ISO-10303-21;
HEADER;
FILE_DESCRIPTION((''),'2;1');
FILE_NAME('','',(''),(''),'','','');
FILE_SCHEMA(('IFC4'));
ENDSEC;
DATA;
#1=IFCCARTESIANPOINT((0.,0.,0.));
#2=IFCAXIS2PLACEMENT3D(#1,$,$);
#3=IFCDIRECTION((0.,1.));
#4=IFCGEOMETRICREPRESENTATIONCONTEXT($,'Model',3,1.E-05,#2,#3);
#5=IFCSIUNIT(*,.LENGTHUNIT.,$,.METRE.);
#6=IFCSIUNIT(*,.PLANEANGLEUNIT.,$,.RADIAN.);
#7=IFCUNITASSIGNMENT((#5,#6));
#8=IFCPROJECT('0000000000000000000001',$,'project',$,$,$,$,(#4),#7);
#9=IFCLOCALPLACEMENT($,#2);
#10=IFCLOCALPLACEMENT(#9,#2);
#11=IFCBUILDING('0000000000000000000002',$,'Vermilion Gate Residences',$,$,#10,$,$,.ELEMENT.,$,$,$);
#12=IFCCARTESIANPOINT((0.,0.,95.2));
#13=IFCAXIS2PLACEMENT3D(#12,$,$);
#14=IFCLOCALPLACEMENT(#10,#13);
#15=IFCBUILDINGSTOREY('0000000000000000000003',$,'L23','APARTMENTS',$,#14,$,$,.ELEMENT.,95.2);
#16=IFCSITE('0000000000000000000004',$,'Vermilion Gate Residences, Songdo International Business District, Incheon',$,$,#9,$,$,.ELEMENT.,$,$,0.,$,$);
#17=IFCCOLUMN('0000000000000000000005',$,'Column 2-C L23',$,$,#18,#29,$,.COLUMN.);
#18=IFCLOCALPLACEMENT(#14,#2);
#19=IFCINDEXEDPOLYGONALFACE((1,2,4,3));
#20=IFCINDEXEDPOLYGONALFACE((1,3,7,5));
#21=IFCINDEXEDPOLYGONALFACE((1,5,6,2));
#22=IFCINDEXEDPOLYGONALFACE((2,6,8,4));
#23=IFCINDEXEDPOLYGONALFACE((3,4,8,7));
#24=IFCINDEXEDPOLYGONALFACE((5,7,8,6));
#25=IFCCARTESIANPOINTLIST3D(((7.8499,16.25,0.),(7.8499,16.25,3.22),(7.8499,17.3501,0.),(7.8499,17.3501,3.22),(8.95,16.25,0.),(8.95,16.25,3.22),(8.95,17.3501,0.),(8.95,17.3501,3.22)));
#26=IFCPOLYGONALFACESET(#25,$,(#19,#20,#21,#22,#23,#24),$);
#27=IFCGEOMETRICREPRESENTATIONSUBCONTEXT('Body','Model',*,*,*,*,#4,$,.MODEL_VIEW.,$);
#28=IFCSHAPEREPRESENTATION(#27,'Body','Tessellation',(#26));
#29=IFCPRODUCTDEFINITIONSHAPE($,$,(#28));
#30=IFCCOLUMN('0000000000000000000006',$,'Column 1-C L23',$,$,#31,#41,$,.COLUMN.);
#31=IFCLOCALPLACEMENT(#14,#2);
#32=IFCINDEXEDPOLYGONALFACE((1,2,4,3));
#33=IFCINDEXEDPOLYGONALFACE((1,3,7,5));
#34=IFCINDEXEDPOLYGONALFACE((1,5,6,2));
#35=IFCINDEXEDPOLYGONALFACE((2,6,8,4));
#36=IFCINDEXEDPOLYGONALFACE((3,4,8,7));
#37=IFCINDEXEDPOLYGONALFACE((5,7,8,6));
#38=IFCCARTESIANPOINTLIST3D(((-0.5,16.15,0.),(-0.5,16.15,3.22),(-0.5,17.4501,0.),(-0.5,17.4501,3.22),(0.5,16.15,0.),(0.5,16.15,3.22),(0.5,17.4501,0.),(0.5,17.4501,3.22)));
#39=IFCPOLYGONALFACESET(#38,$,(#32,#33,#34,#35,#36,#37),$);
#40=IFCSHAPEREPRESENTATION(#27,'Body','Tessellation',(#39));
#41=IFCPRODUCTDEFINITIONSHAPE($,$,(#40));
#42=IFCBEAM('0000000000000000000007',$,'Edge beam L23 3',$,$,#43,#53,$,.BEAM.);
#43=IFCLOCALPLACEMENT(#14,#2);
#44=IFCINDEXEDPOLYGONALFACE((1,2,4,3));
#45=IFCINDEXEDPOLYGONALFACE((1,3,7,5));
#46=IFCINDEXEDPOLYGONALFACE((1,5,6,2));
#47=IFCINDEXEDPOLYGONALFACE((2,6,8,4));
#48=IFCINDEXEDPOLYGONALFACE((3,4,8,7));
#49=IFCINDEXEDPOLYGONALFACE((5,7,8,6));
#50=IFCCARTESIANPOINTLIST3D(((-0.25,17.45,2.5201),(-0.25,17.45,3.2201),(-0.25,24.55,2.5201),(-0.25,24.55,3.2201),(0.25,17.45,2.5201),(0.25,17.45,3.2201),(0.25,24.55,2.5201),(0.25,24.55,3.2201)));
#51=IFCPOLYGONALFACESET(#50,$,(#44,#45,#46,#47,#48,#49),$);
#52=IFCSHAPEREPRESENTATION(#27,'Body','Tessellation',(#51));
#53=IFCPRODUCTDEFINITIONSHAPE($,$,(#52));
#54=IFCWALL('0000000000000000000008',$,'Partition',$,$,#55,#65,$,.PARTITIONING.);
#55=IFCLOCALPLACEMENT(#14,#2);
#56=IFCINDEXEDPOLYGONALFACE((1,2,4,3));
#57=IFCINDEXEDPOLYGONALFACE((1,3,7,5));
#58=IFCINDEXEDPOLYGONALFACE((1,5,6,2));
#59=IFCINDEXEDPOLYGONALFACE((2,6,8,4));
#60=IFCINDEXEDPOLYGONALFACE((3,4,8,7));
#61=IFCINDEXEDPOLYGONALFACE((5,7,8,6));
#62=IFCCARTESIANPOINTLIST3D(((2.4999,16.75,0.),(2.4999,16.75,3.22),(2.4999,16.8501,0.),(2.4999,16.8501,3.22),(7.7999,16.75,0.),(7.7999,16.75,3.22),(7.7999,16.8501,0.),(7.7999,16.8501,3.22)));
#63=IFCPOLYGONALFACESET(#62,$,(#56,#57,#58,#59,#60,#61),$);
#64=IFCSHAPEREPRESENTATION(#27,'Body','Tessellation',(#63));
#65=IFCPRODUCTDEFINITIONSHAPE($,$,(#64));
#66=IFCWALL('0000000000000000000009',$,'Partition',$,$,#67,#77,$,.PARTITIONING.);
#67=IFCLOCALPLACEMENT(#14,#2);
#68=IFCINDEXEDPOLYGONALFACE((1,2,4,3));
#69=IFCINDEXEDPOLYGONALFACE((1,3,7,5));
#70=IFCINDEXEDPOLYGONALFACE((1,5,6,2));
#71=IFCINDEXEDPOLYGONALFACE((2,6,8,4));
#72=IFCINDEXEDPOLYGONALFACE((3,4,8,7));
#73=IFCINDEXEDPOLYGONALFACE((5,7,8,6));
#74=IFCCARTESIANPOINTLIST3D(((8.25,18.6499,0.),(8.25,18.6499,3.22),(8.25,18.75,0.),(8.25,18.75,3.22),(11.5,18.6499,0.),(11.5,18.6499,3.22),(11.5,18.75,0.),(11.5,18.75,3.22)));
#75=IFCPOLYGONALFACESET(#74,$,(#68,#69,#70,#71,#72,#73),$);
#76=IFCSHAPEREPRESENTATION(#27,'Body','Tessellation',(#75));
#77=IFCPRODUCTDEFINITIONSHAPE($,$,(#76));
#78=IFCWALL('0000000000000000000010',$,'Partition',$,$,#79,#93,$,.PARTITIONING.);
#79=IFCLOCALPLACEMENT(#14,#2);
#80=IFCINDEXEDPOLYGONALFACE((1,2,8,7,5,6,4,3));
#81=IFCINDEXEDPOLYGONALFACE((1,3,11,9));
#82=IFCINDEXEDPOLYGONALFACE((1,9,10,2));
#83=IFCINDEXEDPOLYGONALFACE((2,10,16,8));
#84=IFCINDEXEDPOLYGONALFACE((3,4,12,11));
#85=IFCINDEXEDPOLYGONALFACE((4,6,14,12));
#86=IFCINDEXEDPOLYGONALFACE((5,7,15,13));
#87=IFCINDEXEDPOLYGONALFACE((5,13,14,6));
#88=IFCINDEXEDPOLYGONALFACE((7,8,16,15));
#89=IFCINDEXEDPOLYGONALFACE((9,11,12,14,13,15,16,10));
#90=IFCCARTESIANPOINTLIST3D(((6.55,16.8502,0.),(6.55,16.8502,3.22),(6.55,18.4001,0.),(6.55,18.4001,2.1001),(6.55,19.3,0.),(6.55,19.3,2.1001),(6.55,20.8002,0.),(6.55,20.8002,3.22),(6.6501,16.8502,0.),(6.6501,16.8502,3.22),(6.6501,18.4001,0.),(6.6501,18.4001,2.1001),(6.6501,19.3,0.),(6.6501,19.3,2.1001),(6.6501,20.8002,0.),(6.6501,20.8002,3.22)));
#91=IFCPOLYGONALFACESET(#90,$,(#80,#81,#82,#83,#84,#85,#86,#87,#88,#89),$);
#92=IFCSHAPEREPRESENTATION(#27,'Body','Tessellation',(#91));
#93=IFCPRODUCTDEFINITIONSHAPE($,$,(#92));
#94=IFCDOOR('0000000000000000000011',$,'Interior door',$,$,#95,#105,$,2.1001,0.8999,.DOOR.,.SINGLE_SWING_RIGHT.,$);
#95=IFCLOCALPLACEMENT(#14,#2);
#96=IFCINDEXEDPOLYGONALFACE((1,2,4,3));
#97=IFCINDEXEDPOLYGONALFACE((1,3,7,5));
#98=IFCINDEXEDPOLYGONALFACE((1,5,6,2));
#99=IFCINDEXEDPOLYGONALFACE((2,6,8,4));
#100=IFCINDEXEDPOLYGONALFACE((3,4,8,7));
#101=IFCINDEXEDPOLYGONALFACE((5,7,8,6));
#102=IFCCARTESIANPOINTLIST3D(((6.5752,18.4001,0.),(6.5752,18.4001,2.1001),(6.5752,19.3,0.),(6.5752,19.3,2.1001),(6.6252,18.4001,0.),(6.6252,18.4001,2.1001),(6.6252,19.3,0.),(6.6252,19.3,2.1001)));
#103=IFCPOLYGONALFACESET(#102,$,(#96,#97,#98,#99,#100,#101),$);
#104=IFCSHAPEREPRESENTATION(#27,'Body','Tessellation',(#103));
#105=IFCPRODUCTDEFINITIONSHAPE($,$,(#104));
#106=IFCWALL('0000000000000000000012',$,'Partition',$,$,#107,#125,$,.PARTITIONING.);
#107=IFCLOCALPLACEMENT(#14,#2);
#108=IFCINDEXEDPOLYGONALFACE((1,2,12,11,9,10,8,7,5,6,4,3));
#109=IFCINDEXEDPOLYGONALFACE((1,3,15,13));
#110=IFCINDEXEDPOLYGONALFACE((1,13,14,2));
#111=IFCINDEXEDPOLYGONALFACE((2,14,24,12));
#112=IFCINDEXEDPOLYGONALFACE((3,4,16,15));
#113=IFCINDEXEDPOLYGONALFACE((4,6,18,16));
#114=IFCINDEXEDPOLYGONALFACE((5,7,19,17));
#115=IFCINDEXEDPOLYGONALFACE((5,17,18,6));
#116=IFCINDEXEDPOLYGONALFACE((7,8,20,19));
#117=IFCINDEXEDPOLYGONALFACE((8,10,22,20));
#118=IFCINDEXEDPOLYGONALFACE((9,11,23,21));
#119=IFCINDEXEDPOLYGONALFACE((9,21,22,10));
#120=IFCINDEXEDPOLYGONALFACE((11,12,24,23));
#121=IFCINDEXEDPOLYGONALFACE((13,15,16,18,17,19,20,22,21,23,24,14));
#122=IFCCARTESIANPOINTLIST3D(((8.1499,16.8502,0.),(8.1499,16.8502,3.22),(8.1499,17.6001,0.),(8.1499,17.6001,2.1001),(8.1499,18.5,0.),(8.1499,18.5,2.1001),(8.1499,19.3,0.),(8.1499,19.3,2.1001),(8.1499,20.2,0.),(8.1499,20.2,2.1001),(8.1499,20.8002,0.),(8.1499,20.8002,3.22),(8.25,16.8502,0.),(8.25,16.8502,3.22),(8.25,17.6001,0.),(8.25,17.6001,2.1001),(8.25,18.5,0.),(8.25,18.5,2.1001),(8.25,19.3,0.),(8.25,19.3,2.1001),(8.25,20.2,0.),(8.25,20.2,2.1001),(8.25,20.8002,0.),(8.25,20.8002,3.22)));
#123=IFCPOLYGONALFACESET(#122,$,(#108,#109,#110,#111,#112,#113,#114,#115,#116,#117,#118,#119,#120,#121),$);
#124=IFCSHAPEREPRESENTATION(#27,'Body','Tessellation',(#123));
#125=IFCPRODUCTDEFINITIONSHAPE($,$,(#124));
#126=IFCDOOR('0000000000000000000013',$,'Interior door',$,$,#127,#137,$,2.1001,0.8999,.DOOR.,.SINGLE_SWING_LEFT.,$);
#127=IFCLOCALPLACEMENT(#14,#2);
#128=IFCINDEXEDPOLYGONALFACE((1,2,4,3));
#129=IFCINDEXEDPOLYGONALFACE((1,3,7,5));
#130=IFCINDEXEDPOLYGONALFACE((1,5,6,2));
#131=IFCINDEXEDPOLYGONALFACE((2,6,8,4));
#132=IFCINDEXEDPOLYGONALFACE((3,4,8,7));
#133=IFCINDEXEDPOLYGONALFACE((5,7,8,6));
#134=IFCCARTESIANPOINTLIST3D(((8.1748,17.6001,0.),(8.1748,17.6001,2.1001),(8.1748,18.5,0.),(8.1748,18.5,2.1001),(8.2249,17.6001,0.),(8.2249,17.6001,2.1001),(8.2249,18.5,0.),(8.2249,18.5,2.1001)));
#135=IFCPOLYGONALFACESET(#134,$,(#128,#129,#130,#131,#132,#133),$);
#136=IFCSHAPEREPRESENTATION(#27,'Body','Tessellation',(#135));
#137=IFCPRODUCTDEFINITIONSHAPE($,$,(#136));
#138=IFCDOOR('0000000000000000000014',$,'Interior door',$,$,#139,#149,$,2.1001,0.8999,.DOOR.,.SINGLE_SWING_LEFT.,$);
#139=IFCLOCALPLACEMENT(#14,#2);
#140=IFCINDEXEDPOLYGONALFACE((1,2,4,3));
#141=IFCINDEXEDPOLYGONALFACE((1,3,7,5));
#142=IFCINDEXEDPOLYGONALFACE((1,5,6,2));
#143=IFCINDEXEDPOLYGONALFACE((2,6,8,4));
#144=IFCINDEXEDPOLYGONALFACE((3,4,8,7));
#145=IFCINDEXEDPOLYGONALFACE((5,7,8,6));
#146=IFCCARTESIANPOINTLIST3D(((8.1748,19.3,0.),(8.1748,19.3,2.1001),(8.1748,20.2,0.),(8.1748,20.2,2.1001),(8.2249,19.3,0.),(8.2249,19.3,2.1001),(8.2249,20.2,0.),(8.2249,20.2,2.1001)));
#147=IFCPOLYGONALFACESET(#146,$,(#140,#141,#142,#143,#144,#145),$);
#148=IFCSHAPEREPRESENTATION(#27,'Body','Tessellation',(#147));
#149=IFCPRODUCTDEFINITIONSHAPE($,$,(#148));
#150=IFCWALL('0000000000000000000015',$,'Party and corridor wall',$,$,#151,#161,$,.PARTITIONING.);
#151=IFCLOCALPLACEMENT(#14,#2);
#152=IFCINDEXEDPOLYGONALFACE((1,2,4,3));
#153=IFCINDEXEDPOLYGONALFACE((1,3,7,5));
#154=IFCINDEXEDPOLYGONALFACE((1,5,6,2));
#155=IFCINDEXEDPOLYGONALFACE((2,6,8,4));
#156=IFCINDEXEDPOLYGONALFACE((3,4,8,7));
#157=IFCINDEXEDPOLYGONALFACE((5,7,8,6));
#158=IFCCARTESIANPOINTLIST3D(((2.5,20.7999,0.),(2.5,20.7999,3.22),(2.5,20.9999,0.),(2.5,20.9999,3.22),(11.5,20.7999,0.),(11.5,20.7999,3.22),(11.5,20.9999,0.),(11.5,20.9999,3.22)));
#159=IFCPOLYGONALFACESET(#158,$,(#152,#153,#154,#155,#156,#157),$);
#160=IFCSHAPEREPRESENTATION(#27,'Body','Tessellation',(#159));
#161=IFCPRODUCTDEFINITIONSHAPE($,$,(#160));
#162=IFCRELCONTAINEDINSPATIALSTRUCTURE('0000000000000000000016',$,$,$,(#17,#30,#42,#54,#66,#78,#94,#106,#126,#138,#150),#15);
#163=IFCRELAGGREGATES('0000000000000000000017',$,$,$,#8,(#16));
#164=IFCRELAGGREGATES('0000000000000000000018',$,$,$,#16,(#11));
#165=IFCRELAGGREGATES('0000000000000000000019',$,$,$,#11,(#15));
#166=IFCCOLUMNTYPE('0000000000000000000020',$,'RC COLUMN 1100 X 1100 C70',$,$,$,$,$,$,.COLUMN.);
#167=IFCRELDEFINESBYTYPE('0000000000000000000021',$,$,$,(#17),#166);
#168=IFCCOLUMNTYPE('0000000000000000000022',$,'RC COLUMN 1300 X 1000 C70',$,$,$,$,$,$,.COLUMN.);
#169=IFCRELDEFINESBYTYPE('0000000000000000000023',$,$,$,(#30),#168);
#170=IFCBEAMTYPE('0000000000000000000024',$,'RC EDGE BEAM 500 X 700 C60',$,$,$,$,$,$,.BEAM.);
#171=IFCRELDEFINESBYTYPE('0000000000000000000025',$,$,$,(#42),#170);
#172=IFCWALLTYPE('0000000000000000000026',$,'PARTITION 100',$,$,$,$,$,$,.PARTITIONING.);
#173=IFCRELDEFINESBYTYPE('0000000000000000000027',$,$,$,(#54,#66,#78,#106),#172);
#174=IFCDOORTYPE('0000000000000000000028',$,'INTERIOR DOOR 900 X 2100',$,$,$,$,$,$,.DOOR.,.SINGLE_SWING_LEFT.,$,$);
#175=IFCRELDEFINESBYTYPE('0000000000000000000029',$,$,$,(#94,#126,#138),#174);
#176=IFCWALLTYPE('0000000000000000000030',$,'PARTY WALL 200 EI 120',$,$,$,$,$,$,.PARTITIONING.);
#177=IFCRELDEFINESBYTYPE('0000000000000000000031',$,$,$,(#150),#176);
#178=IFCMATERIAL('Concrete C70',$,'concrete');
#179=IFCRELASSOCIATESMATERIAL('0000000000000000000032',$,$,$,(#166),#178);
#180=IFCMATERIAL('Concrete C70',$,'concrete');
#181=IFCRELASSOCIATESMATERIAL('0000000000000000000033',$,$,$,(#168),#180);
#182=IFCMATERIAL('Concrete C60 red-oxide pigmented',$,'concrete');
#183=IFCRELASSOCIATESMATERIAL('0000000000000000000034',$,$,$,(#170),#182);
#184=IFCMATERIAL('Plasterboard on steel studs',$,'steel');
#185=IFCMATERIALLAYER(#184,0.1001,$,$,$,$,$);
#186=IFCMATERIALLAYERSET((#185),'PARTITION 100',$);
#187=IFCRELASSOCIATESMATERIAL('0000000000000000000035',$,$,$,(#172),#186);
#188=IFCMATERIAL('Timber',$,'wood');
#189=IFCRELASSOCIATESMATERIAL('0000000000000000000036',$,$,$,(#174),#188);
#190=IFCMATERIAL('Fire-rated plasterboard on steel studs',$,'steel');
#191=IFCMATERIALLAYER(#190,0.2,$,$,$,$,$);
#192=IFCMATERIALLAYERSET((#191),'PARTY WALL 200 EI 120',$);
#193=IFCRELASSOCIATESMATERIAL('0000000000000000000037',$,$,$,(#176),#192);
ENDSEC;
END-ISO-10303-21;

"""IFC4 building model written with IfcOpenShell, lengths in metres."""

from ifc_helpers import new_model, si_unit, direction, frame, frame_2d, origin, origin_2d, place, context, subcontext, project, spatial, rectangle, extrude, material, layer, layer_set, material_profile, profile_set, type_object, element, fill, save


model = new_model("IFC4")

# Units and contexts
model_context = context("Model", 3, precision=1e-05, world=origin(), true_north=direction((0.0, 1.0)))
body_context = subcontext(model_context, "Body", "Model", "MODEL_VIEW")
ifc_project = project(units=[si_unit("LENGTHUNIT", "METRE"), si_unit("PLANEANGLEUNIT", "RADIAN")], contexts=[model_context])

# Site, building, storey
site_placement = place(None, origin())
site = spatial("IfcSite", under=ifc_project, at=site_placement, Name="Vermilion Gate Residences, Songdo International Business District, Incheon", CompositionType="ELEMENT", RefElevation=0.0)
building_placement = place(site_placement, origin())
building = spatial("IfcBuilding", under=site, at=building_placement, Name="Vermilion Gate Residences", CompositionType="ELEMENT")
storey_placement = place(building_placement, frame((0.0, 0.0, 95.2)))
storey = spatial("IfcBuildingStorey", under=building, at=storey_placement, Name="L23", Description="APARTMENTS", CompositionType="ELEMENT", Elevation=95.2)

# Columns
ifc_material_1 = material(Name="Concrete C70", Category="concrete")
ifc_material_profile_1 = material_profile(ifc_material_1, rectangle(XDim=1.1001, YDim=1.1001, at=origin_2d()), Name="RC-1100x1100")
ifc_profile_set_1 = profile_set([ifc_material_profile_1], Name="Concrete C70")
column_type_1 = type_object("IfcColumnType", Name="RC COLUMN 1100 X 1100 C70", PredefinedType="COLUMN", material=ifc_profile_set_1)
column_1_placement = place(storey_placement, frame((8.3999, 16.8, 0.0), z_axis=(0.0, 0.0, 1.0), x_axis=(1.0, 0.0, 0.0)))
element("IfcColumn", 1, at=column_1_placement, inside=storey, type_object=column_type_1, Name="Column 2-C L23", PredefinedType="COLUMN", context=body_context, shape_type="SweptSolid", body=[
    extrude(rectangle(XDim=1.1001, YDim=1.1001, at=origin_2d()), origin(), (0.0, 0.0, 1.0), 3.22),
])
ifc_material_2 = material(Name="Concrete C70", Category="concrete")
ifc_material_profile_2 = material_profile(ifc_material_2, rectangle(XDim=1.3, YDim=1.0, at=origin_2d()), Name="RC-1300x1000")
ifc_profile_set_2 = profile_set([ifc_material_profile_2], Name="Concrete C70")
column_type_2 = type_object("IfcColumnType", Name="RC COLUMN 1300 X 1000 C70", PredefinedType="COLUMN", material=ifc_profile_set_2)
column_2_placement = place(storey_placement, frame((0.0, 16.8, 0.0), z_axis=(0.0, 0.0, 1.0), x_axis=(0.0, 1.0, 0.0)))
element("IfcColumn", 2, at=column_2_placement, inside=storey, type_object=column_type_2, Name="Column 1-C L23", PredefinedType="COLUMN", context=body_context, shape_type="SweptSolid", body=[
    extrude(rectangle(XDim=1.3, YDim=1.0, at=origin_2d()), origin(), (0.0, 0.0, 1.0), 3.22),
])

# Beam
ifc_material_3 = material(Name="Concrete C60 red-oxide pigmented", Category="concrete")
ifc_material_profile_3 = material_profile(ifc_material_3, rectangle(XDim=0.5, YDim=0.7, at=origin_2d()), Name="RC-500x700")
ifc_profile_set_3 = profile_set([ifc_material_profile_3], Name="Concrete C60 red-oxide pigmented")
beam_type = type_object("IfcBeamType", Name="RC EDGE BEAM 500 X 700 C60", PredefinedType="BEAM", material=ifc_profile_set_3)
beam_placement = place(storey_placement, frame((0.0, 17.45, 2.8701), z_axis=(0.0, 1.0, 0.0), x_axis=(-1.0, 0.0, 0.0)))
element("IfcBeam", 3, at=beam_placement, inside=storey, type_object=beam_type, Name="Edge beam L23 3", PredefinedType="BEAM", context=body_context, shape_type="SweptSolid", body=[
    extrude(rectangle(XDim=0.5, YDim=0.7, at=origin_2d()), origin(), (0.0, 0.0, 1.0), 7.1001),
])

# Walls
ifc_material_4 = material(Name="Plasterboard on steel studs", Category="steel")
ifc_layer_1 = layer(ifc_material_4, 0.1001)
ifc_layer_set_1 = layer_set([ifc_layer_1], Name="PARTITION 100")
wall_type_1 = type_object("IfcWallType", Name="PARTITION 100", PredefinedType="PARTITIONING", material=ifc_layer_set_1)
wall_1_placement = place(storey_placement, frame((2.5, 16.8, 0.0), z_axis=(0.0, 0.0, 1.0), x_axis=(1.0, 0.0, 0.0)))
element("IfcWall", 4, at=wall_1_placement, inside=storey, type_object=wall_type_1, Name="Partition", PredefinedType="PARTITIONING", context=body_context, shape_type="SweptSolid", body=[
    extrude(rectangle(XDim=5.3, YDim=0.1001, at=frame_2d((2.6499, 0.0))), origin(), (0.0, 0.0, 1.0), 3.22),
])
wall_2_placement = place(storey_placement, frame((8.25, 18.7, 0.0), z_axis=(0.0, 0.0, 1.0), x_axis=(1.0, 0.0, 0.0)))
element("IfcWall", 5, at=wall_2_placement, inside=storey, type_object=wall_type_1, Name="Partition", PredefinedType="PARTITIONING", context=body_context, shape_type="SweptSolid", body=[
    extrude(rectangle(XDim=3.25, YDim=0.1001, at=frame_2d((1.625, 0.0))), origin(), (0.0, 0.0, 1.0), 3.22),
])

# Wall, opening, door
wall_3_placement = place(storey_placement, frame((6.6001, 16.8501, 0.0), z_axis=(0.0, 0.0, 1.0), x_axis=(0.0, 1.0, 0.0)))
wall_3 = element("IfcWall", 6, at=wall_3_placement, inside=storey, type_object=wall_type_1, Name="Partition", PredefinedType="PARTITIONING", context=body_context, shape_type="SweptSolid", body=[
    extrude(rectangle(XDim=3.95, YDim=0.1001, at=frame_2d((1.9751, 0.0))), origin(), (0.0, 0.0, 1.0), 3.22),
])
opening_1_placement = place(wall_3_placement, frame((1.55, 0.0, 0.0)))
opening_1 = element("IfcOpeningElement", 7, at=opening_1_placement, cuts=wall_3, PredefinedType="OPENING", context=body_context, shape_type="SweptSolid", body=[
    extrude(rectangle(XDim=0.8999, YDim=2.1001, at=frame_2d((0.45, 1.05))), frame((0.0, 0.0601, 0.0), z_axis=(0.0, -1.0, 0.0), x_axis=(1.0, 0.0, 0.0)), (0.0, 0.0, 1.0), 0.1201),
])
ifc_material_5 = material(Name="Timber", Category="wood")
door_type = type_object("IfcDoorType", Name="INTERIOR DOOR 900 X 2100", OperationType="SINGLE_SWING_LEFT", PredefinedType="DOOR", material=ifc_material_5)
door_1_placement = place(opening_1_placement, origin())
door_1 = element("IfcDoor", 8, at=door_1_placement, inside=storey, type_object=door_type, Name="Interior door", OperationType="SINGLE_SWING_RIGHT", OverallHeight=2.1001, OverallWidth=0.8999, PredefinedType="DOOR", context=body_context, shape_type="SweptSolid", body=[
    extrude(rectangle(XDim=0.8999, YDim=2.1001, at=frame_2d((0.45, 1.05))), frame((0.0, 0.0249, 0.0), z_axis=(0.0, -1.0, 0.0), x_axis=(1.0, 0.0, 0.0)), (0.0, 0.0, 1.0), 0.05),
])
fill(opening_1, door_1)

# Wall, openings, doors
wall_4_placement = place(storey_placement, frame((8.2, 16.8501, 0.0), z_axis=(0.0, 0.0, 1.0), x_axis=(0.0, 1.0, 0.0)))
wall_4 = element("IfcWall", 9, at=wall_4_placement, inside=storey, type_object=wall_type_1, Name="Partition", PredefinedType="PARTITIONING", context=body_context, shape_type="SweptSolid", body=[
    extrude(rectangle(XDim=3.95, YDim=0.1001, at=frame_2d((1.9751, 0.0))), origin(), (0.0, 0.0, 1.0), 3.22),
])
opening_2_placement = place(wall_4_placement, frame((0.75, 0.0, 0.0)))
opening_2 = element("IfcOpeningElement", 10, at=opening_2_placement, cuts=wall_4, PredefinedType="OPENING", context=body_context, shape_type="SweptSolid", body=[
    extrude(rectangle(XDim=0.8999, YDim=2.1001, at=frame_2d((0.45, 1.05))), frame((0.0, 0.0601, 0.0), z_axis=(0.0, -1.0, 0.0), x_axis=(1.0, 0.0, 0.0)), (0.0, 0.0, 1.0), 0.1201),
])
opening_3_placement = place(wall_4_placement, frame((2.45, 0.0, 0.0)))
opening_3 = element("IfcOpeningElement", 11, at=opening_3_placement, cuts=wall_4, PredefinedType="OPENING", context=body_context, shape_type="SweptSolid", body=[
    extrude(rectangle(XDim=0.8999, YDim=2.1001, at=frame_2d((0.45, 1.05))), frame((0.0, 0.0601, 0.0), z_axis=(0.0, -1.0, 0.0), x_axis=(1.0, 0.0, 0.0)), (0.0, 0.0, 1.0), 0.1201),
])
door_2_placement = place(opening_2_placement, frame((0.8999, 0.0, 0.0), z_axis=(0.0, 0.0, 1.0), x_axis=(-1.0, 0.0, 0.0)))
door_2 = element("IfcDoor", 12, at=door_2_placement, inside=storey, type_object=door_type, Name="Interior door", OperationType="SINGLE_SWING_LEFT", OverallHeight=2.1001, OverallWidth=0.8999, PredefinedType="DOOR", context=body_context, shape_type="SweptSolid", body=[
    extrude(rectangle(XDim=0.8999, YDim=2.1001, at=frame_2d((0.45, 1.05))), frame((0.0, 0.0249, 0.0), z_axis=(0.0, -1.0, 0.0), x_axis=(1.0, 0.0, 0.0)), (0.0, 0.0, 1.0), 0.05),
])
fill(opening_2, door_2)
door_3_placement = place(opening_3_placement, frame((0.8999, 0.0, 0.0), z_axis=(0.0, 0.0, 1.0), x_axis=(-1.0, 0.0, 0.0)))
door_3 = element("IfcDoor", 13, at=door_3_placement, inside=storey, type_object=door_type, Name="Interior door", OperationType="SINGLE_SWING_LEFT", OverallHeight=2.1001, OverallWidth=0.8999, PredefinedType="DOOR", context=body_context, shape_type="SweptSolid", body=[
    extrude(rectangle(XDim=0.8999, YDim=2.1001, at=frame_2d((0.45, 1.05))), frame((0.0, 0.0249, 0.0), z_axis=(0.0, -1.0, 0.0), x_axis=(1.0, 0.0, 0.0)), (0.0, 0.0, 1.0), 0.05),
])
fill(opening_3, door_3)

# Wall
ifc_material_6 = material(Name="Fire-rated plasterboard on steel studs", Category="steel")
ifc_layer_2 = layer(ifc_material_6, 0.2)
ifc_layer_set_2 = layer_set([ifc_layer_2], Name="PARTY WALL 200 EI 120")
wall_type_2 = type_object("IfcWallType", Name="PARTY WALL 200 EI 120", PredefinedType="PARTITIONING", material=ifc_layer_set_2)
wall_5_placement = place(storey_placement, frame((2.5, 20.8999, 0.0), z_axis=(0.0, 0.0, 1.0), x_axis=(1.0, 0.0, 0.0)))
element("IfcWall", 14, at=wall_5_placement, inside=storey, type_object=wall_type_2, Name="Party and corridor wall", PredefinedType="PARTITIONING", context=body_context, shape_type="SweptSolid", body=[
    extrude(rectangle(XDim=9.0, YDim=0.2, at=frame_2d((4.5, 0.0))), origin(), (0.0, 0.0, 1.0), 3.22),
])

save(model, "model.ifc")
